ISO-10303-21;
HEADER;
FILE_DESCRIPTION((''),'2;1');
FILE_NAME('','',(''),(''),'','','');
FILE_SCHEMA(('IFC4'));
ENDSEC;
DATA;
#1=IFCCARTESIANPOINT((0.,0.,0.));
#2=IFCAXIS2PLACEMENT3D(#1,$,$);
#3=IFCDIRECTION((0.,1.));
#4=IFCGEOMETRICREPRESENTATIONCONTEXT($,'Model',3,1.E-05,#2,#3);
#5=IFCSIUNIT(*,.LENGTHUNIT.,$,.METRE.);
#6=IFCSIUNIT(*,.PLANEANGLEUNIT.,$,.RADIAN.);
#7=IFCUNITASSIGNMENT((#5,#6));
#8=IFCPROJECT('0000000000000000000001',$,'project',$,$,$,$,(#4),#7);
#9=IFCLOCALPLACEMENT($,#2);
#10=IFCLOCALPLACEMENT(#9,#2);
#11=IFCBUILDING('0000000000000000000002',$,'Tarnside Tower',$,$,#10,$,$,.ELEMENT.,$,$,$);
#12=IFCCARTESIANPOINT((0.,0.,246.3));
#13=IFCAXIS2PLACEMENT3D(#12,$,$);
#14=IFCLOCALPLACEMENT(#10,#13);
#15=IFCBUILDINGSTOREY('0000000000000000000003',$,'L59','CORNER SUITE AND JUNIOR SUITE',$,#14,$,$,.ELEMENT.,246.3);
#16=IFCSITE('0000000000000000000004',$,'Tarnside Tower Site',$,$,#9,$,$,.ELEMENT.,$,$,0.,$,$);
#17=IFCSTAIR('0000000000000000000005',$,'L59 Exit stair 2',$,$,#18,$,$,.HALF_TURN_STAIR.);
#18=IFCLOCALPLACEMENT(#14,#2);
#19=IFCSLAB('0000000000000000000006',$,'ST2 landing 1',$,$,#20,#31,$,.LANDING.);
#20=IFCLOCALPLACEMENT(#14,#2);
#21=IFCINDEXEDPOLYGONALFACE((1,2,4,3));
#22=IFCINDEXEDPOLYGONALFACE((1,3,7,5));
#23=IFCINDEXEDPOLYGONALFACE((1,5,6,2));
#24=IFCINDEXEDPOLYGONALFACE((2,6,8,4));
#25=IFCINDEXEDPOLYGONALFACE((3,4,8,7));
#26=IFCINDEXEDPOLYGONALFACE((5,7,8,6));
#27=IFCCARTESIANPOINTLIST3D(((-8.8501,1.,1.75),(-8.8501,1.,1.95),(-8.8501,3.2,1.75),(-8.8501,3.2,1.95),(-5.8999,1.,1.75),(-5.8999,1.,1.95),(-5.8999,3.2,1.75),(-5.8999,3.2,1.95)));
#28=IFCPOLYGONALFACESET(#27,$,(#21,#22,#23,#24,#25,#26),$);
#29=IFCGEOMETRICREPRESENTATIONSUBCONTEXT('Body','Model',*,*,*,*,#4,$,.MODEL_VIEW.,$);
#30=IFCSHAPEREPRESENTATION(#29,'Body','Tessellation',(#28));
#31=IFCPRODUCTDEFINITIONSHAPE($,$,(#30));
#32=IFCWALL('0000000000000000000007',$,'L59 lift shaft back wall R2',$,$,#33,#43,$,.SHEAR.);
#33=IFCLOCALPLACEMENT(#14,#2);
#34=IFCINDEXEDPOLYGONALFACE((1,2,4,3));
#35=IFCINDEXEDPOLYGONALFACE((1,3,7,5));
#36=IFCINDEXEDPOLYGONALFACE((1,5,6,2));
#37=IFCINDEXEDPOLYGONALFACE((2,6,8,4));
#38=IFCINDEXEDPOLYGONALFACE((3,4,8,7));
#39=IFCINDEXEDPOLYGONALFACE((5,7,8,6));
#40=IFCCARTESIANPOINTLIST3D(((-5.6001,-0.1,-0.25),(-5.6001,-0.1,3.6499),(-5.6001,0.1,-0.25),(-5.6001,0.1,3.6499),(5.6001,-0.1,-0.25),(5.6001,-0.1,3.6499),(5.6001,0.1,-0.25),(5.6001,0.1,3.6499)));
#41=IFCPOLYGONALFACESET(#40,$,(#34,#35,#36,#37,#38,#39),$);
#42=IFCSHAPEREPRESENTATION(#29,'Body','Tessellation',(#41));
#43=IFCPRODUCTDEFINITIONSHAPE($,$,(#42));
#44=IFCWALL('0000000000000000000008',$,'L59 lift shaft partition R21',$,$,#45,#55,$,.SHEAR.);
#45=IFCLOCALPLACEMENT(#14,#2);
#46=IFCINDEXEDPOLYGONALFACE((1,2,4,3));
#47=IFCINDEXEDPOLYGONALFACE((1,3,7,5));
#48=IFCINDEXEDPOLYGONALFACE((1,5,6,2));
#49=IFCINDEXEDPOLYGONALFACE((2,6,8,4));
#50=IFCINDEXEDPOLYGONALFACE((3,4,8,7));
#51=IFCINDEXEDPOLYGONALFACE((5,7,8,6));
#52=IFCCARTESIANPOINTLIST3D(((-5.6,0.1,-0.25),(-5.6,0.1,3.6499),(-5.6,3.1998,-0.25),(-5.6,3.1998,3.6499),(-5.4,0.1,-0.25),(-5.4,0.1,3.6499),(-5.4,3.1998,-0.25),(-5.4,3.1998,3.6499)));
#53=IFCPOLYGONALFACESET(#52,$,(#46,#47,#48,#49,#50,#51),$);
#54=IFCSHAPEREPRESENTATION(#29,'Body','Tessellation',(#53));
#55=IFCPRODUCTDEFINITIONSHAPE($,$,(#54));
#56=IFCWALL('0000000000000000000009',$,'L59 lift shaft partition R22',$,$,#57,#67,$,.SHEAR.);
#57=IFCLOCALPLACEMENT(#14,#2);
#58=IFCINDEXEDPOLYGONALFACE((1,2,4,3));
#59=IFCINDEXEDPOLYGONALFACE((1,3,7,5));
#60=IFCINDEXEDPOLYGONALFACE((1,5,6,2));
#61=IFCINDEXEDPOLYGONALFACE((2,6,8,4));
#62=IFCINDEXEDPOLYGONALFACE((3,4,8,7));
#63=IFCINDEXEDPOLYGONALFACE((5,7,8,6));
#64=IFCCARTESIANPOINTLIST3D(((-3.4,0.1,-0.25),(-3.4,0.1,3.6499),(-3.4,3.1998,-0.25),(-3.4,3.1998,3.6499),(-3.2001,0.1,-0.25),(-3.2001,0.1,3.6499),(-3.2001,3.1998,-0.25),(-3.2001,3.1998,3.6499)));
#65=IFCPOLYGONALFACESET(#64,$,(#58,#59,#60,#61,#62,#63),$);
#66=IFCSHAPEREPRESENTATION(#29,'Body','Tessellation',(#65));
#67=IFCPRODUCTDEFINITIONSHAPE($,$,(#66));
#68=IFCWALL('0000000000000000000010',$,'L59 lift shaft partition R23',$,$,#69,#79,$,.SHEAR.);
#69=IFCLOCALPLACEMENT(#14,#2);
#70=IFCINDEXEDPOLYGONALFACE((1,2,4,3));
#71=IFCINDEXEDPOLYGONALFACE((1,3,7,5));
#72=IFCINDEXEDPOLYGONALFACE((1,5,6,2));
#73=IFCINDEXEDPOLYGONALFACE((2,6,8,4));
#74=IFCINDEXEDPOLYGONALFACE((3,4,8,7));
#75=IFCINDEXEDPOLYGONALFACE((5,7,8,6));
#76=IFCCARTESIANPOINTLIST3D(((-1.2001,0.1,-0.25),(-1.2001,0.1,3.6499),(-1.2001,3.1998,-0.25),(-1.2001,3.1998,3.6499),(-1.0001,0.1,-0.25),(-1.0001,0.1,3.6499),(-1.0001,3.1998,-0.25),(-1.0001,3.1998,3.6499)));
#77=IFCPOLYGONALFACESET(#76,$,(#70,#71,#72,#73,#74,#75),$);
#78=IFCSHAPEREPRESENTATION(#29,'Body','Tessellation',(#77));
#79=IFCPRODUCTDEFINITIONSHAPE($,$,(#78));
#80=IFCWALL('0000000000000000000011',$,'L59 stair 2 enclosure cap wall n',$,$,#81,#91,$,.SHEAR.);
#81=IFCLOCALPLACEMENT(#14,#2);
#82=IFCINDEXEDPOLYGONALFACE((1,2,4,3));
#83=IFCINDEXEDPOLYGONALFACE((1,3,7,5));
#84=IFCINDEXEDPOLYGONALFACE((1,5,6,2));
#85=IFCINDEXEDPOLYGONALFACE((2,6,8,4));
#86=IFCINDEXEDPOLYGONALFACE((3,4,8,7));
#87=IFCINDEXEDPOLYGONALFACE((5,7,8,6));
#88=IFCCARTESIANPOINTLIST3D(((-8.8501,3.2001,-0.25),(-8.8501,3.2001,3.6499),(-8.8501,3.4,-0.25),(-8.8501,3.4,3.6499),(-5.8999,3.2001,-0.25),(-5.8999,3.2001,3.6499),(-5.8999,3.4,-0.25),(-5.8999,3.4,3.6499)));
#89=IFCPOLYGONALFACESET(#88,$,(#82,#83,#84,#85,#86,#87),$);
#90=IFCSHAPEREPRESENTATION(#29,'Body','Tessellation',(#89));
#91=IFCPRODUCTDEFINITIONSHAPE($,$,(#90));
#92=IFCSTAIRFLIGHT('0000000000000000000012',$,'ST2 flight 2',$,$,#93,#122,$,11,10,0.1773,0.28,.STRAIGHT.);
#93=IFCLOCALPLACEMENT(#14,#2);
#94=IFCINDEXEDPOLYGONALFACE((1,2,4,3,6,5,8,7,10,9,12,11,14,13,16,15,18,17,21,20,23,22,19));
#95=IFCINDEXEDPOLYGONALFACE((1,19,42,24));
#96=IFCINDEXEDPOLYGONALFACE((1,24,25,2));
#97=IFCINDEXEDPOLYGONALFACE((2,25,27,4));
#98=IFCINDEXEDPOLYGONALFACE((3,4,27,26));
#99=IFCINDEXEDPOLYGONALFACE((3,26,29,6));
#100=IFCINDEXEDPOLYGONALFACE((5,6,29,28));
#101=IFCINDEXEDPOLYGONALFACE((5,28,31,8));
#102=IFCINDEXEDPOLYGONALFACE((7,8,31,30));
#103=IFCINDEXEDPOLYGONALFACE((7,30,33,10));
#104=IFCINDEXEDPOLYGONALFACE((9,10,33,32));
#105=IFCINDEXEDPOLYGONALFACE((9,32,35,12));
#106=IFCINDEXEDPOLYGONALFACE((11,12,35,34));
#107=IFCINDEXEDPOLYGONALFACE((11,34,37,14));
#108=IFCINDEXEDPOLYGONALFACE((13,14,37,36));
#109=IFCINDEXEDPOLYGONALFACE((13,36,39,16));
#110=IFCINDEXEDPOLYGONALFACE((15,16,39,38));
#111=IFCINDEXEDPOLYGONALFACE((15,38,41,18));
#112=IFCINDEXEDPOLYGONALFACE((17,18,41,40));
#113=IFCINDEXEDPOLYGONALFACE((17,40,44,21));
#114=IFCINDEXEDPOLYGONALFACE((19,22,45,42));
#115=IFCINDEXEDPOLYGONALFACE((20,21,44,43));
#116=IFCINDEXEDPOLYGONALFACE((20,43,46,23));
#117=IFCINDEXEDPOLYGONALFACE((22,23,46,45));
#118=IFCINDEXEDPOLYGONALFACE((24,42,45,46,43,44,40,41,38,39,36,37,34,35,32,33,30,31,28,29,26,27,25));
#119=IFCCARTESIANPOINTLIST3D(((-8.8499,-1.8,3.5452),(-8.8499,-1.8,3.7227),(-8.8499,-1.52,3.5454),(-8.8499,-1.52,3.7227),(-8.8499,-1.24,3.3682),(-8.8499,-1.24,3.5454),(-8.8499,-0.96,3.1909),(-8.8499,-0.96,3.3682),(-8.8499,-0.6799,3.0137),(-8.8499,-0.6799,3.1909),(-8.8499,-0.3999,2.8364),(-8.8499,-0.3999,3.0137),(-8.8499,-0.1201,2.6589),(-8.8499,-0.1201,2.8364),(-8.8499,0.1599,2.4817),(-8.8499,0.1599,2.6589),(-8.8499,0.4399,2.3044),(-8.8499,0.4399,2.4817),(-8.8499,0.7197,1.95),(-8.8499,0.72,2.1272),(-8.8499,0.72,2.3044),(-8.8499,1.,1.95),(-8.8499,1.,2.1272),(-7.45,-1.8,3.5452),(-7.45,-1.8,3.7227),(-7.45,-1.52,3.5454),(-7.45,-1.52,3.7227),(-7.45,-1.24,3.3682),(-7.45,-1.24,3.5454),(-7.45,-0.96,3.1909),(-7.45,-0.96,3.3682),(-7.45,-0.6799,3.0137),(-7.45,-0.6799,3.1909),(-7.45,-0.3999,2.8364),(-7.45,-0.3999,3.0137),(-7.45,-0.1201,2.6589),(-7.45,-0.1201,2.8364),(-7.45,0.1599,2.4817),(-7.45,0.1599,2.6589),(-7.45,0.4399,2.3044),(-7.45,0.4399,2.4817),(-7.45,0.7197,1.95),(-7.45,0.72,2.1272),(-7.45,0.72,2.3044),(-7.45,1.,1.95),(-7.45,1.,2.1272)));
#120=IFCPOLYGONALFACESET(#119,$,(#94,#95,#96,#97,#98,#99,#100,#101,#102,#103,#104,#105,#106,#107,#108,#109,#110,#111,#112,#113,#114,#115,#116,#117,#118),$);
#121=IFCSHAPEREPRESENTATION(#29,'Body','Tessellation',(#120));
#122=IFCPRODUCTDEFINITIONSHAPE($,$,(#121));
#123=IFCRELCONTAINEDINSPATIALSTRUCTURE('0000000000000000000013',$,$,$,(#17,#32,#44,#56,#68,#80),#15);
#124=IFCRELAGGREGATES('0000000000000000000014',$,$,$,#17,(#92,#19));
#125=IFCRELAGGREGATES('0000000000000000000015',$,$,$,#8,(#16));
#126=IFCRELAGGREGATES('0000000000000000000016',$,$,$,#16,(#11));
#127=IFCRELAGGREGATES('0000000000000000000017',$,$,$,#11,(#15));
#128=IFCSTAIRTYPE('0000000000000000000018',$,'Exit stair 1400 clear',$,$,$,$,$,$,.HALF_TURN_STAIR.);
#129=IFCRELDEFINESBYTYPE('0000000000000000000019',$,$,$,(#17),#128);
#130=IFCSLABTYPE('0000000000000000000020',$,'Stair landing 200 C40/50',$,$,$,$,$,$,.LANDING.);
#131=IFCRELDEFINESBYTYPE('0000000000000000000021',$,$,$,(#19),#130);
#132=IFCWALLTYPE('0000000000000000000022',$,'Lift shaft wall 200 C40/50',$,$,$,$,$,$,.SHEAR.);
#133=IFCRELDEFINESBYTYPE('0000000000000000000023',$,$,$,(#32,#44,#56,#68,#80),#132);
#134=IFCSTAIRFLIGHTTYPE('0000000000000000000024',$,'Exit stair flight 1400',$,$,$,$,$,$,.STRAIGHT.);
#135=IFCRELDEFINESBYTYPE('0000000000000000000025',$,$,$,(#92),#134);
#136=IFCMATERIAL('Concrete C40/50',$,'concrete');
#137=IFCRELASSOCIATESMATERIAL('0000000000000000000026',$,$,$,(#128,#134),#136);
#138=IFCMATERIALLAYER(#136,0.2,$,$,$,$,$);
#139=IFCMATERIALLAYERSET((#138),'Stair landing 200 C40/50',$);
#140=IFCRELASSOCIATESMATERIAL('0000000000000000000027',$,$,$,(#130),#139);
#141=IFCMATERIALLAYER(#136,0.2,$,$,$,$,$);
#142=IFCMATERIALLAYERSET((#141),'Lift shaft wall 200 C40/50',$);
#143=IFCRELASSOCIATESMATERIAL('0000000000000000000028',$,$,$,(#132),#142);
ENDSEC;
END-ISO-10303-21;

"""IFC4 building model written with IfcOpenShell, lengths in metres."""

from ifc_helpers import new_model, si_unit, direction, frame, frame_2d, origin, place, context, subcontext, project, spatial, polyline, rectangle, outline, extrude, material, layer, layer_set, type_object, element, aggregate, save


model = new_model("IFC4")

# Units and contexts
model_context = context("Model", 3, precision=1e-05, world=origin(), true_north=direction((0.0, 1.0)))
body_context = subcontext(model_context, "Body", "Model", "MODEL_VIEW")
ifc_project = project(units=[si_unit("LENGTHUNIT", "METRE"), si_unit("PLANEANGLEUNIT", "RADIAN")], contexts=[model_context])

# Site, building, storey
site_placement = place(None, origin())
site = spatial("IfcSite", under=ifc_project, at=site_placement, Name="Tarnside Tower Site", CompositionType="ELEMENT", RefElevation=0.0)
building_placement = place(site_placement, origin())
building = spatial("IfcBuilding", under=site, at=building_placement, Name="Tarnside Tower", CompositionType="ELEMENT")
storey_placement = place(building_placement, frame((0.0, 0.0, 246.3)))
storey = spatial("IfcBuildingStorey", under=building, at=storey_placement, Name="L59", Description="CORNER SUITE AND JUNIOR SUITE", CompositionType="ELEMENT", Elevation=246.3)

# Shared definitions
ifc_material_1 = material(Name="Concrete C40/50", Category="concrete")

# Stair, slab
stair_type = type_object("IfcStairType", Name="Exit stair 1400 clear", PredefinedType="HALF_TURN_STAIR", material=ifc_material_1)
ifc_layer_1 = layer(ifc_material_1, 0.2)
ifc_layer_set_1 = layer_set([ifc_layer_1], Name="Stair landing 200 C40/50")
slab_type_1 = type_object("IfcSlabType", Name="Stair landing 200 C40/50", PredefinedType="LANDING", material=ifc_layer_set_1)
stair_1_placement = place(storey_placement, origin())
stair_1 = element("IfcStair", 1, at=stair_1_placement, inside=storey, type_object=stair_type, Name="L59 Exit stair 2", PredefinedType="HALF_TURN_STAIR")
slab_1_placement = place(storey_placement, frame((0.0, 0.0, 1.75)))
slab_1 = element("IfcSlab", 2, at=slab_1_placement, type_object=slab_type_1, Name="ST2 landing 1", PredefinedType="LANDING", context=body_context, shape_type="SweptSolid", body=[
    extrude(outline(polyline([(-5.8999, 1.0), (-5.8999, 3.2), (-8.8501, 3.2), (-8.8501, 1.0), (-5.8999, 1.0)])), origin(), (0.0, 0.0, 1.0), 0.2),
])

# Walls
ifc_layer_2 = layer(ifc_material_1, 0.2)
ifc_layer_set_2 = layer_set([ifc_layer_2], Name="Lift shaft wall 200 C40/50")
wall_type = type_object("IfcWallType", Name="Lift shaft wall 200 C40/50", PredefinedType="SHEAR", material=ifc_layer_set_2)
wall_1_placement = place(storey_placement, frame((-5.6001, 0.0, -0.25), z_axis=(0.0, 0.0, 1.0), x_axis=(1.0, 0.0, 0.0)))
element("IfcWall", 3, at=wall_1_placement, inside=storey, type_object=wall_type, Name="L59 lift shaft back wall R2", PredefinedType="SHEAR", context=body_context, shape_type="SweptSolid", body=[
    extrude(rectangle(XDim=11.2002, YDim=0.2, at=frame_2d((5.6001, 0.0))), origin(), (0.0, 0.0, 1.0), 3.8999),
])
for number, where, z_axis, x_axis, name in (
    (4, (-5.5, 0.1001, -0.25), (0.0, 0.0, 1.0), (0.0, 1.0, 0.0), "L59 lift shaft partition R21"),
    (5, (-3.3, 0.1001, -0.25), (0.0, 0.0, 1.0), (0.0, 1.0, 0.0), "L59 lift shaft partition R22"),
    (6, (-1.1001, 0.1001, -0.25), (0.0, 0.0, 1.0), (0.0, 1.0, 0.0), "L59 lift shaft partition R23"),
):
    element("IfcWall", number, at=place(storey_placement, frame(where, z_axis=z_axis, x_axis=x_axis)), inside=storey, type_object=wall_type, Name=name, PredefinedType="SHEAR", context=body_context, shape_type="SweptSolid", body=[
        extrude(rectangle(XDim=3.0999, YDim=0.2, at=frame_2d((1.5498, 0.0))), origin(), (0.0, 0.0, 1.0), 3.8999),
    ])
wall_2_placement = place(storey_placement, frame((-8.8501, 3.3, -0.25), z_axis=(0.0, 0.0, 1.0), x_axis=(1.0, 0.0, 0.0)))
element("IfcWall", 7, at=wall_2_placement, inside=storey, type_object=wall_type, Name="L59 stair 2 enclosure cap wall n", PredefinedType="SHEAR", context=body_context, shape_type="SweptSolid", body=[
    extrude(rectangle(XDim=2.9502, YDim=0.2, at=frame_2d((1.4751, 0.0))), origin(), (0.0, 0.0, 1.0), 3.8999),
])

# Stair flight
stair_flight_type = type_object("IfcStairFlightType", Name="Exit stair flight 1400", PredefinedType="STRAIGHT", material=ifc_material_1)
stair_flight_placement = place(storey_placement, frame((-8.1499, 1.0, 1.95), z_axis=(0.0, 0.0, 1.0), x_axis=(0.0, -1.0, 0.0)))
stair_flight = element("IfcStairFlight", 8, at=stair_flight_placement, type_object=stair_flight_type, Name="ST2 flight 2", NumberOfRisers=11, NumberOfTreads=10, PredefinedType="STRAIGHT", RiserHeight=0.1773, TreadLength=0.28, context=body_context, shape_type="SweptSolid", body=[
    extrude(outline(polyline([(0.0, 0.0), (0.0, 0.1772), (0.28, 0.1772), (0.28, 0.3545), (0.5601, 0.3545), (0.5601, 0.5317), (0.8401, 0.5317), (0.8401, 0.709), (1.1201, 0.709), (1.1201, 0.8865), (1.3999, 0.8865), (1.3999, 1.0637), (1.6799, 1.0637), (1.6799, 1.241), (1.96, 1.241), (1.96, 1.4182), (2.24, 1.4182), (2.24, 1.5955), (2.52, 1.5955), (2.52, 1.7727), (2.8, 1.7727), (2.8, 1.95), (2.8, 1.5952), (0.2803, 0.0), (0.0, 0.0)])), frame((0.0, 0.7, 0.0), z_axis=(0.0, -1.0, 0.0), x_axis=(1.0, 0.0, 0.0)), (0.0, 0.0, 1.0), 1.3999),
])
aggregate(stair_1, [stair_flight, slab_1])

save(model, "model.ifc")
